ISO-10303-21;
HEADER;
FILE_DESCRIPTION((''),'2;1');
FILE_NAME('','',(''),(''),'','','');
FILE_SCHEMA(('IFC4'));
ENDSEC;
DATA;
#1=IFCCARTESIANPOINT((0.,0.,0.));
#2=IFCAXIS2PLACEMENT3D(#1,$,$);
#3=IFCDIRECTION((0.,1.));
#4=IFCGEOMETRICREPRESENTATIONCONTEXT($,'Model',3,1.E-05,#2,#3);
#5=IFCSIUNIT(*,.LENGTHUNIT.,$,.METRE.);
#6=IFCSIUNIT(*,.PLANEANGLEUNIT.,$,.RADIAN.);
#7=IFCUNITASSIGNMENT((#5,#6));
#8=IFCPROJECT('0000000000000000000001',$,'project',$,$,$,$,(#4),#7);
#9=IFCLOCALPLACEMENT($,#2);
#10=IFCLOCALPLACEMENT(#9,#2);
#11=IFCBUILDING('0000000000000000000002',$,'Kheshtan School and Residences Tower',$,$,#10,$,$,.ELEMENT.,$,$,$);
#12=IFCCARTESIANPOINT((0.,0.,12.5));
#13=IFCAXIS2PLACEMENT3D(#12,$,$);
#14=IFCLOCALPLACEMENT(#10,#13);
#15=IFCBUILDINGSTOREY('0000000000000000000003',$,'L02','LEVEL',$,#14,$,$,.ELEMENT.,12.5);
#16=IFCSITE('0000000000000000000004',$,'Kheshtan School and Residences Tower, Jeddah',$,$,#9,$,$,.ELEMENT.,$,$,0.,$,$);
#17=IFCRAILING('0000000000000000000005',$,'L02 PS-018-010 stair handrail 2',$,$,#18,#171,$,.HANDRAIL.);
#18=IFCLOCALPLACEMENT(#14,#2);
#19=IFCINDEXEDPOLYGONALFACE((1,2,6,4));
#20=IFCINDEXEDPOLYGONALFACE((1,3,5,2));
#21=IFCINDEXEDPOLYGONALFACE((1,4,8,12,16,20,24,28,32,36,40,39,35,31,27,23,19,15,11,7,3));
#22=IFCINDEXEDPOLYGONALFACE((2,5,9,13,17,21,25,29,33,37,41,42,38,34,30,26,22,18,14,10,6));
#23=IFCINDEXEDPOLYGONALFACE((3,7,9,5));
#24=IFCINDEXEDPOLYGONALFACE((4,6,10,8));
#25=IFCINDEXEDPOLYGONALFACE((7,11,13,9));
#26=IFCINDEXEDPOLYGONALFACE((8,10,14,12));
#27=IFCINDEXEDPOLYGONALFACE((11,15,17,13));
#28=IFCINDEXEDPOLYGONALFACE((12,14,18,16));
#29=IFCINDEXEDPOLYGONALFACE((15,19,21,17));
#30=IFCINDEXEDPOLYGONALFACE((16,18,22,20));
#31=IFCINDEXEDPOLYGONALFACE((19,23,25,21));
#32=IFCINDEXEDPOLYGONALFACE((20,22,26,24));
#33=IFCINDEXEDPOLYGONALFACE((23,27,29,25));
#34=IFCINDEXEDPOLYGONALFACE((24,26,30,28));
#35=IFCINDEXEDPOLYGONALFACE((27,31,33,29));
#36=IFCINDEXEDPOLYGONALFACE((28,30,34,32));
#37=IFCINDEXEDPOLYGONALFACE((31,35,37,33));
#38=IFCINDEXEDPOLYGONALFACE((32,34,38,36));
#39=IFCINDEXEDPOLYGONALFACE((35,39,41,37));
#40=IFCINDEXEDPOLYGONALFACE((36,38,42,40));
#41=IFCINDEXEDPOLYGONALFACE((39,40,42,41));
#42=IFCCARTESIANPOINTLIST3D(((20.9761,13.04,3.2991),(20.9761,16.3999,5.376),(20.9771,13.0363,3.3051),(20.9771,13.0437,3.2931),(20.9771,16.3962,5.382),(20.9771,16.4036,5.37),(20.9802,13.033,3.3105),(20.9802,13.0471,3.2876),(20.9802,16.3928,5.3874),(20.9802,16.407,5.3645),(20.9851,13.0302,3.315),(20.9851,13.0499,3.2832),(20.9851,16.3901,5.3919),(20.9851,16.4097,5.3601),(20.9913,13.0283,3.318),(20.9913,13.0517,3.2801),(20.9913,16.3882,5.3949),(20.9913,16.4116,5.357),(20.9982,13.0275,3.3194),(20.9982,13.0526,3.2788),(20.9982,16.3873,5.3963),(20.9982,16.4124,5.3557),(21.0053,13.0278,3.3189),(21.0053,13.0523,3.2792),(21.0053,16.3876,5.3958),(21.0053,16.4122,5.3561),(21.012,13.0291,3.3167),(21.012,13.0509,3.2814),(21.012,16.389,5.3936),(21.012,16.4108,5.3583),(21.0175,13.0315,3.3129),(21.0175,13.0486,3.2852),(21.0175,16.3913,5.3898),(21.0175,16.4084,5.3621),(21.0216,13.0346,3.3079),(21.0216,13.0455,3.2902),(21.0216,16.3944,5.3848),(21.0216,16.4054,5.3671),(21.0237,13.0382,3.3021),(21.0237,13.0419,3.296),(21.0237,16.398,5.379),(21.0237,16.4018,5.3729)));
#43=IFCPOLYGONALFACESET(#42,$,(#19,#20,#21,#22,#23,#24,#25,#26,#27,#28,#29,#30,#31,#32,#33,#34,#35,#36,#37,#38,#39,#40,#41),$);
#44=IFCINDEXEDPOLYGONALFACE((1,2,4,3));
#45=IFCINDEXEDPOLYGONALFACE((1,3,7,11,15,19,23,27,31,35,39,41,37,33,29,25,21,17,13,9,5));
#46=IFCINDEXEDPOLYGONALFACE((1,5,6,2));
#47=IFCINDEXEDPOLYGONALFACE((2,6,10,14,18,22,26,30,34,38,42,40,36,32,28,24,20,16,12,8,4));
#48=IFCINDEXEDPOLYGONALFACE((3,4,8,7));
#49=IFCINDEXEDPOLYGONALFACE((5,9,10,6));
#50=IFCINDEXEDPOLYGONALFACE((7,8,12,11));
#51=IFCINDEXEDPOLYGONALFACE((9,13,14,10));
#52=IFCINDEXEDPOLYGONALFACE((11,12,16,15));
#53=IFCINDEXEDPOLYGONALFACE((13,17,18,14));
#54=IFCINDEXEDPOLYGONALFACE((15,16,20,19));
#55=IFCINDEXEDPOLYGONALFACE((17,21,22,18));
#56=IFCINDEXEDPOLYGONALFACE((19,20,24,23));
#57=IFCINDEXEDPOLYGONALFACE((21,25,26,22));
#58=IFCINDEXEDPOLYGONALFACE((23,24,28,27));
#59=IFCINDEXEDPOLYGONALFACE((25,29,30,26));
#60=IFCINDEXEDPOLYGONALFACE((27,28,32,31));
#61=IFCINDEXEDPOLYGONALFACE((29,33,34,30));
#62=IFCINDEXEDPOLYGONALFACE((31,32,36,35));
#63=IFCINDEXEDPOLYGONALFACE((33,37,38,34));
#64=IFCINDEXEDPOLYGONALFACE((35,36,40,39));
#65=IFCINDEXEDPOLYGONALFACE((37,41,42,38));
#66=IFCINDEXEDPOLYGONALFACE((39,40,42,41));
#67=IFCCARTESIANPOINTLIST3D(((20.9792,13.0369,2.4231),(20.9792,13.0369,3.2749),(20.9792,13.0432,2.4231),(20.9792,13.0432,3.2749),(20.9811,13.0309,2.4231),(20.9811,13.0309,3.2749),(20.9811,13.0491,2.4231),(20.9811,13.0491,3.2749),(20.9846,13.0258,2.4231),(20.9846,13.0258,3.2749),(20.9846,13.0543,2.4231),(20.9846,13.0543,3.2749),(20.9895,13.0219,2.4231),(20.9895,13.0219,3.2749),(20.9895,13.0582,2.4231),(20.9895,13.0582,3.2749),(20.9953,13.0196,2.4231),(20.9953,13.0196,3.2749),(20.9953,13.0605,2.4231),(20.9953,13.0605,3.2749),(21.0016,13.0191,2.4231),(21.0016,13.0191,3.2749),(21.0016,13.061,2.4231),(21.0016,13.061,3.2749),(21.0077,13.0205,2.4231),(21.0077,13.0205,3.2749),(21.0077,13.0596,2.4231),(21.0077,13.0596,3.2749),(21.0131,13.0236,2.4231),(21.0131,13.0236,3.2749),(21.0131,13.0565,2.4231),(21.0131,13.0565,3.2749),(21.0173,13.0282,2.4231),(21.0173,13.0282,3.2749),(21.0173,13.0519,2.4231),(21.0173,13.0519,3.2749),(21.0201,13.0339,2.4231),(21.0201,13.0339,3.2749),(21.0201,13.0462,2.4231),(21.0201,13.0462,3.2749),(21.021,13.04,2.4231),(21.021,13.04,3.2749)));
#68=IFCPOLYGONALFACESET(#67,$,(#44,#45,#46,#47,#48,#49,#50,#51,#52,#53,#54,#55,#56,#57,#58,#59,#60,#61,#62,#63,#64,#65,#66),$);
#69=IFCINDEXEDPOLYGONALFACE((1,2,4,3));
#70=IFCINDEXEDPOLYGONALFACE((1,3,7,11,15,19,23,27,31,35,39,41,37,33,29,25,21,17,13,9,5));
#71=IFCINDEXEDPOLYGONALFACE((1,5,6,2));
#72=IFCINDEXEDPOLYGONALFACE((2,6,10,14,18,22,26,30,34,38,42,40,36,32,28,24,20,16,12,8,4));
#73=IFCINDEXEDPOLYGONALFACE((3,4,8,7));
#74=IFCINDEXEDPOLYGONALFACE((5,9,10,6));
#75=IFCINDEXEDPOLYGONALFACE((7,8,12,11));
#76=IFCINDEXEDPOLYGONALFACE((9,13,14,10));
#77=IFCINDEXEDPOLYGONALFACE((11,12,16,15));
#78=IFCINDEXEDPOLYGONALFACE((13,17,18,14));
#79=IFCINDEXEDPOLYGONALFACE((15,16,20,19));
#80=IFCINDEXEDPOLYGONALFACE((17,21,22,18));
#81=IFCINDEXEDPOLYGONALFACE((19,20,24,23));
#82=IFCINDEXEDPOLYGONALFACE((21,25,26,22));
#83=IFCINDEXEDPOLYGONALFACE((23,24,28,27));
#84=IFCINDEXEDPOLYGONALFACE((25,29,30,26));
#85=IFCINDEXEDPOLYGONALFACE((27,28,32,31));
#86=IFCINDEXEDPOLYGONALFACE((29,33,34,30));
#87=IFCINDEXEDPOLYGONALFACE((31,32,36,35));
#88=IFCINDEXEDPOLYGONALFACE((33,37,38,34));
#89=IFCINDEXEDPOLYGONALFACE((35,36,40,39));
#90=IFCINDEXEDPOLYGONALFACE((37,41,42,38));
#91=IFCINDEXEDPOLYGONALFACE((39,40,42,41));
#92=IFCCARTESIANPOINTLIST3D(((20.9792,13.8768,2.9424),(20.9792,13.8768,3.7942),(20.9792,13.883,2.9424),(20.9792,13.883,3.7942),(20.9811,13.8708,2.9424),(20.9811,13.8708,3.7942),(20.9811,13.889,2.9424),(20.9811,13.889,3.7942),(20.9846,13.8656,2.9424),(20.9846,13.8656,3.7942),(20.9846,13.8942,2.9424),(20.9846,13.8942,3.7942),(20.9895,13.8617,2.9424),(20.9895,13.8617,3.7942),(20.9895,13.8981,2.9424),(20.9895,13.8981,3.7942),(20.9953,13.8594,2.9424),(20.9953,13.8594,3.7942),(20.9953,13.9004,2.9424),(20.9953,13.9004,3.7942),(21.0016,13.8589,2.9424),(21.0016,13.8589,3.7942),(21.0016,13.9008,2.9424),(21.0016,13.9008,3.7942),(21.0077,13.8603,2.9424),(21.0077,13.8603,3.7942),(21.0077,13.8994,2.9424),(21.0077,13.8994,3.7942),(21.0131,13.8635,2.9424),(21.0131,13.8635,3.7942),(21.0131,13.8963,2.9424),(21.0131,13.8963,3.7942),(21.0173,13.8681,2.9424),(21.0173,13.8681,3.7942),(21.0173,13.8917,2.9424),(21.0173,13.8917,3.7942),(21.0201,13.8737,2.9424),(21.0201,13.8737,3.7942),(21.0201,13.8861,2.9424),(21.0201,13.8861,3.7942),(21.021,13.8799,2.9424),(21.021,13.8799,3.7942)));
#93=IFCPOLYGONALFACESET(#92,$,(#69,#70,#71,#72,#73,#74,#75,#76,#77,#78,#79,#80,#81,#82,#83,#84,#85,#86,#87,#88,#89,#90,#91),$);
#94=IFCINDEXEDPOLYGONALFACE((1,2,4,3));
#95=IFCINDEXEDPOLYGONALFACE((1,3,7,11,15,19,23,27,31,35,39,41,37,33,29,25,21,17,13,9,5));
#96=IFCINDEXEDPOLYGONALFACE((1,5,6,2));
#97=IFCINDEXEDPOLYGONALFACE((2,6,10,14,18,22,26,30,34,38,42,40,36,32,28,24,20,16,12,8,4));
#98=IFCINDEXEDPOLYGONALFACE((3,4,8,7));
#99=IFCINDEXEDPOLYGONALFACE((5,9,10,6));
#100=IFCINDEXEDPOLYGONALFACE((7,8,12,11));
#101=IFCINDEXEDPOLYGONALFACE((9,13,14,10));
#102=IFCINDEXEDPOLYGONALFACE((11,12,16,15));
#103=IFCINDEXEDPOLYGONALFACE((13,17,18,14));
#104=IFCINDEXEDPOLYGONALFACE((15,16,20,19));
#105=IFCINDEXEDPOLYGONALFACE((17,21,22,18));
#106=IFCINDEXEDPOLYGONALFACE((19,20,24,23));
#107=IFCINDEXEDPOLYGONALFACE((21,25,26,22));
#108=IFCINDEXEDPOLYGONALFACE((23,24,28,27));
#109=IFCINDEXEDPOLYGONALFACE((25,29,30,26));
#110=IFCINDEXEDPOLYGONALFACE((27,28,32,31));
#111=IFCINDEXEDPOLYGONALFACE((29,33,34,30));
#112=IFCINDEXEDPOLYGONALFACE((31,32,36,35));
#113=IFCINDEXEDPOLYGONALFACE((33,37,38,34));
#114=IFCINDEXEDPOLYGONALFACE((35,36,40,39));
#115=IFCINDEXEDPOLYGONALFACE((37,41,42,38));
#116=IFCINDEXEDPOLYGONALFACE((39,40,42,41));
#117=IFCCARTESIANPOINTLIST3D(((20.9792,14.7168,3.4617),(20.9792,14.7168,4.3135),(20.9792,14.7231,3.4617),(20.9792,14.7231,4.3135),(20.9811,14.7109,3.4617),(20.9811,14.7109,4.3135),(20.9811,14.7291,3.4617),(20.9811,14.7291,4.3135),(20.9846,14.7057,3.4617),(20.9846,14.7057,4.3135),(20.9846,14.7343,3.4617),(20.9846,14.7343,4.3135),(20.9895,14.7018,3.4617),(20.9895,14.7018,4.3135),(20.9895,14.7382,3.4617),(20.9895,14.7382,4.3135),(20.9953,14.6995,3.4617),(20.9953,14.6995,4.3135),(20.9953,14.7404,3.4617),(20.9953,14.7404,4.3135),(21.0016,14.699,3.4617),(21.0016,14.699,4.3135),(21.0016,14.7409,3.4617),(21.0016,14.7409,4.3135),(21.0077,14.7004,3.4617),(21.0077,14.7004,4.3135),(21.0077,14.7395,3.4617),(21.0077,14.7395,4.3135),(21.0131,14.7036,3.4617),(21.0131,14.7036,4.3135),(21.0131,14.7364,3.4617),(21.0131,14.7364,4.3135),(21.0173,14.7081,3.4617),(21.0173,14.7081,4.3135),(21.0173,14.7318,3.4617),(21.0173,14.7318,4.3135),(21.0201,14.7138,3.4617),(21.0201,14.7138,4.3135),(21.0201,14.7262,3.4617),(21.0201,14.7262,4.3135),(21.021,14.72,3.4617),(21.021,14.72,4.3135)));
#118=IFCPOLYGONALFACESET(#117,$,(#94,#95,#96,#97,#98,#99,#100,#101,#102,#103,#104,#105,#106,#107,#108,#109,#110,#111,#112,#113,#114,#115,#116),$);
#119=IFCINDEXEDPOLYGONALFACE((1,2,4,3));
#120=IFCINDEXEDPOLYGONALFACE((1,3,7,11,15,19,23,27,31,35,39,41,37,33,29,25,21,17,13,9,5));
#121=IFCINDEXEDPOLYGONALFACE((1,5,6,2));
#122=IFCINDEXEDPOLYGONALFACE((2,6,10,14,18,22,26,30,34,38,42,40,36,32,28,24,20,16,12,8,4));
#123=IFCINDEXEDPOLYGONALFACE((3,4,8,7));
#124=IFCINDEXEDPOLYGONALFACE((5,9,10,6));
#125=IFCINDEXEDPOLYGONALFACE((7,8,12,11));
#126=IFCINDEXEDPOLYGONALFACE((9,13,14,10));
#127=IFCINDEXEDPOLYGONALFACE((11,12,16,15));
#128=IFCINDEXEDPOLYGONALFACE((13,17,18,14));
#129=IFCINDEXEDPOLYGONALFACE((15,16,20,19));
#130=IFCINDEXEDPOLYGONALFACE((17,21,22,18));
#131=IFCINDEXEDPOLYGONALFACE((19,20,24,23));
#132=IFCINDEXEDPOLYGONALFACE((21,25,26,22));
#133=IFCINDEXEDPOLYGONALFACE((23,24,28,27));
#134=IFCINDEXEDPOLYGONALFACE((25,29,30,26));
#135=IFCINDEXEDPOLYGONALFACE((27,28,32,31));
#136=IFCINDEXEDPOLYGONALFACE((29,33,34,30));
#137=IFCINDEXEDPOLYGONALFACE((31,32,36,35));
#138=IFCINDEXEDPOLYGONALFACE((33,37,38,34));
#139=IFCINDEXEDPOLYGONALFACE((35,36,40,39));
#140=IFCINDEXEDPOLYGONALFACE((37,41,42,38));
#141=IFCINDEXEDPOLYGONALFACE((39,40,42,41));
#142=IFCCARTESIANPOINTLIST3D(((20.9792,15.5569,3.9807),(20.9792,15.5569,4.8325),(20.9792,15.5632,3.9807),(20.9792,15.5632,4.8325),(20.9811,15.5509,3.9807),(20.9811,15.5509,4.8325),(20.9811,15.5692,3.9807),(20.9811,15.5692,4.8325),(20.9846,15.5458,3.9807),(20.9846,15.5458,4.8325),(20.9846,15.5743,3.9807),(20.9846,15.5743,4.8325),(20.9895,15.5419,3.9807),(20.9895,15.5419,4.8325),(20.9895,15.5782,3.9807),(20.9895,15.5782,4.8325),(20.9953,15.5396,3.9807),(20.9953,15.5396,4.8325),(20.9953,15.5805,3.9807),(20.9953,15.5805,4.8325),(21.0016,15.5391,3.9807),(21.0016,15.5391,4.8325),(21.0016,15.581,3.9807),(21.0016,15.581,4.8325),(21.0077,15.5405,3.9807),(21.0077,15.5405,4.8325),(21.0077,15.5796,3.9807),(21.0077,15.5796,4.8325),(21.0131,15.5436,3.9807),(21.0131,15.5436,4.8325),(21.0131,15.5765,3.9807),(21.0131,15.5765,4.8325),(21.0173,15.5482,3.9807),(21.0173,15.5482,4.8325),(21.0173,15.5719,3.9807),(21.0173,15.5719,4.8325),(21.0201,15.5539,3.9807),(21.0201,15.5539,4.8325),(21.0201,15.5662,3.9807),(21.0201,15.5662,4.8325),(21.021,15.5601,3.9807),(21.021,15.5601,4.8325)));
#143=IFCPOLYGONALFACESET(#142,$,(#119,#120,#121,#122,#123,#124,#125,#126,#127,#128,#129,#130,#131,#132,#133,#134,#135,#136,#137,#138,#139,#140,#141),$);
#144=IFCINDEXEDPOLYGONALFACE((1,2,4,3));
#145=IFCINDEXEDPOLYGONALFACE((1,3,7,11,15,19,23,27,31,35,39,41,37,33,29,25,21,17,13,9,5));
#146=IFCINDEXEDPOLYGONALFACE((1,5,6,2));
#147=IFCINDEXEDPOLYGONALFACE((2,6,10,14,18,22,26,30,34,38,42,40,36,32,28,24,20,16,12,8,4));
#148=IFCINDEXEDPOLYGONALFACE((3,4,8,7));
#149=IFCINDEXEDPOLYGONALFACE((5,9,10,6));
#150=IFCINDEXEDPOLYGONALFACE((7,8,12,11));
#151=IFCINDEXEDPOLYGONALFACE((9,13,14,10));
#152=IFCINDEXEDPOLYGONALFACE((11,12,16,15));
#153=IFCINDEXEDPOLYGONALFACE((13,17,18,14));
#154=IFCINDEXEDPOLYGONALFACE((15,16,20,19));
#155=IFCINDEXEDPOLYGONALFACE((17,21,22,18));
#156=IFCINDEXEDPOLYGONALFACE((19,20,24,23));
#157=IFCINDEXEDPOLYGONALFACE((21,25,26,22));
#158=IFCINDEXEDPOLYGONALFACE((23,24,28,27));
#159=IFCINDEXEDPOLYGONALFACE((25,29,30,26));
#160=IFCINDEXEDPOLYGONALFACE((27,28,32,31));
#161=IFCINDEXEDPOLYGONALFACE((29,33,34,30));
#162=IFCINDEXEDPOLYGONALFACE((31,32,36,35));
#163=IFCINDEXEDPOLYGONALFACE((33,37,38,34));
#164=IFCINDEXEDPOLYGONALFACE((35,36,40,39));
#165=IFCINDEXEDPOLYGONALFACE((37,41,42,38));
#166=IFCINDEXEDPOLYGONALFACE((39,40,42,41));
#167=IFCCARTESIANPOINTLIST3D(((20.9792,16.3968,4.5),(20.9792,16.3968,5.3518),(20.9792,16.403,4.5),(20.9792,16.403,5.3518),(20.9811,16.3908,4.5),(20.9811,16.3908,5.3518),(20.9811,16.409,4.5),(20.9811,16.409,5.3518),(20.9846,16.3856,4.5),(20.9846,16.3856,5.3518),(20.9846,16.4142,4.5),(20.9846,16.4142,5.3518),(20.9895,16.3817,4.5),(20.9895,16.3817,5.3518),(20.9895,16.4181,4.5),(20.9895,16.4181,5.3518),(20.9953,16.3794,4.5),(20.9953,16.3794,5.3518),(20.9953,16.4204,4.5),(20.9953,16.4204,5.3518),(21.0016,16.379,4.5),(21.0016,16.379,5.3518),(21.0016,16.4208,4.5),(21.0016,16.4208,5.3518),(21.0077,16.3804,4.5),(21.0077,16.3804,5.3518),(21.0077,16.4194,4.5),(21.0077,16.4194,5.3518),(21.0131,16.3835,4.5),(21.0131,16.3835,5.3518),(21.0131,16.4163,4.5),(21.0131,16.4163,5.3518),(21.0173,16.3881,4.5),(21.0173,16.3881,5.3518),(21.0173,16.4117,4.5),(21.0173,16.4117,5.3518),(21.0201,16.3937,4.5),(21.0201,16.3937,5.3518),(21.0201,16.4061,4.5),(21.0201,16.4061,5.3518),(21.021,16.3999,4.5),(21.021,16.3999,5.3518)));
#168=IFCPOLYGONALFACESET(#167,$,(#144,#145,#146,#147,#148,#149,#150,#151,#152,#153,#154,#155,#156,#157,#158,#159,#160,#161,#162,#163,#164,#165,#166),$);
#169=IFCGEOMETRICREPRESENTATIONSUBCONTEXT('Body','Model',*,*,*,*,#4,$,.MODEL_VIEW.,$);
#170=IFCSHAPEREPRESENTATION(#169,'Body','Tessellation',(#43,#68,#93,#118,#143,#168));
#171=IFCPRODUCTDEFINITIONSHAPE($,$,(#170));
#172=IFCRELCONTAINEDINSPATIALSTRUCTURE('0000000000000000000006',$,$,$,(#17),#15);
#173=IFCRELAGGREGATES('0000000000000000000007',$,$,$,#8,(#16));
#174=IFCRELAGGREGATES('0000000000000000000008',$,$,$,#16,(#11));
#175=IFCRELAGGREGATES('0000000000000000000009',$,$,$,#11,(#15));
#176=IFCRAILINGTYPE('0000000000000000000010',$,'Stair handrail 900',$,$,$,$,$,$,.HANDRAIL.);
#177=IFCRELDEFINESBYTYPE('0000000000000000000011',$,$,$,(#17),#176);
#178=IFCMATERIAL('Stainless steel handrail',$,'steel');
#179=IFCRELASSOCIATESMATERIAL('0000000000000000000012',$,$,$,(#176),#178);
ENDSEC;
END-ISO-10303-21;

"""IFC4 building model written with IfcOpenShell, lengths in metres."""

from ifc_helpers import new_model, si_unit, direction, frame, origin, origin_2d, place, context, subcontext, project, spatial, circle, extrude, material, type_object, element, save


model = new_model("IFC4")

# Units and contexts
model_context = context("Model", 3, precision=1e-05, world=origin(), true_north=direction((0.0, 1.0)))
body_context = subcontext(model_context, "Body", "Model", "MODEL_VIEW")
ifc_project = project(units=[si_unit("LENGTHUNIT", "METRE"), si_unit("PLANEANGLEUNIT", "RADIAN")], contexts=[model_context])

# Site, building, storey
site_placement = place(None, origin())
site = spatial("IfcSite", under=ifc_project, at=site_placement, Name="Kheshtan School and Residences Tower, Jeddah", CompositionType="ELEMENT", RefElevation=0.0)
building_placement = place(site_placement, origin())
building = spatial("IfcBuilding", under=site, at=building_placement, Name="Kheshtan School and Residences Tower", CompositionType="ELEMENT")
storey_placement = place(building_placement, frame((0.0, 0.0, 12.5)))
storey = spatial("IfcBuildingStorey", under=building, at=storey_placement, Name="L02", Description="LEVEL", CompositionType="ELEMENT", Elevation=12.5)

# Railing
ifc_material_1 = material(Name="Stainless steel handrail", Category="steel")
railing_type = type_object("IfcRailingType", Name="Stair handrail 900", PredefinedType="HANDRAIL", material=ifc_material_1)
railing_placement = place(storey_placement, frame((21.0, 13.04, 2.4231)))
element("IfcRailing", 1, at=railing_placement, inside=storey, type_object=railing_type, Name="L02 PS-018-010 stair handrail 2", PredefinedType="HANDRAIL", context=body_context, shape_type="SweptSolid", body=[
    extrude(circle(Radius=0.0239, at=origin_2d()), frame((0.0, 0.0, 0.876), z_axis=(0.0, 0.850606, 0.525803), x_axis=(-1.0, 0.0, 0.0)), (0.0, 0.0, 1.0), 3.95),
    extrude(circle(Radius=0.021, at=origin_2d()), origin(), (0.0, 0.0, 1.0), 0.8518),
    extrude(circle(Radius=0.021, at=origin_2d()), frame((0.0, 0.8398, 0.5193)), (0.0, 0.0, 1.0), 0.8518),
    extrude(circle(Radius=0.021, at=origin_2d()), frame((0.0, 1.6799, 1.0386)), (0.0, 0.0, 1.0), 0.8518),
    extrude(circle(Radius=0.021, at=origin_2d()), frame((0.0, 2.52, 1.5576)), (0.0, 0.0, 1.0), 0.8518),
    extrude(circle(Radius=0.021, at=origin_2d()), frame((0.0, 3.3599, 2.0769)), (0.0, 0.0, 1.0), 0.8518),
])

save(model, "model.ifc")
